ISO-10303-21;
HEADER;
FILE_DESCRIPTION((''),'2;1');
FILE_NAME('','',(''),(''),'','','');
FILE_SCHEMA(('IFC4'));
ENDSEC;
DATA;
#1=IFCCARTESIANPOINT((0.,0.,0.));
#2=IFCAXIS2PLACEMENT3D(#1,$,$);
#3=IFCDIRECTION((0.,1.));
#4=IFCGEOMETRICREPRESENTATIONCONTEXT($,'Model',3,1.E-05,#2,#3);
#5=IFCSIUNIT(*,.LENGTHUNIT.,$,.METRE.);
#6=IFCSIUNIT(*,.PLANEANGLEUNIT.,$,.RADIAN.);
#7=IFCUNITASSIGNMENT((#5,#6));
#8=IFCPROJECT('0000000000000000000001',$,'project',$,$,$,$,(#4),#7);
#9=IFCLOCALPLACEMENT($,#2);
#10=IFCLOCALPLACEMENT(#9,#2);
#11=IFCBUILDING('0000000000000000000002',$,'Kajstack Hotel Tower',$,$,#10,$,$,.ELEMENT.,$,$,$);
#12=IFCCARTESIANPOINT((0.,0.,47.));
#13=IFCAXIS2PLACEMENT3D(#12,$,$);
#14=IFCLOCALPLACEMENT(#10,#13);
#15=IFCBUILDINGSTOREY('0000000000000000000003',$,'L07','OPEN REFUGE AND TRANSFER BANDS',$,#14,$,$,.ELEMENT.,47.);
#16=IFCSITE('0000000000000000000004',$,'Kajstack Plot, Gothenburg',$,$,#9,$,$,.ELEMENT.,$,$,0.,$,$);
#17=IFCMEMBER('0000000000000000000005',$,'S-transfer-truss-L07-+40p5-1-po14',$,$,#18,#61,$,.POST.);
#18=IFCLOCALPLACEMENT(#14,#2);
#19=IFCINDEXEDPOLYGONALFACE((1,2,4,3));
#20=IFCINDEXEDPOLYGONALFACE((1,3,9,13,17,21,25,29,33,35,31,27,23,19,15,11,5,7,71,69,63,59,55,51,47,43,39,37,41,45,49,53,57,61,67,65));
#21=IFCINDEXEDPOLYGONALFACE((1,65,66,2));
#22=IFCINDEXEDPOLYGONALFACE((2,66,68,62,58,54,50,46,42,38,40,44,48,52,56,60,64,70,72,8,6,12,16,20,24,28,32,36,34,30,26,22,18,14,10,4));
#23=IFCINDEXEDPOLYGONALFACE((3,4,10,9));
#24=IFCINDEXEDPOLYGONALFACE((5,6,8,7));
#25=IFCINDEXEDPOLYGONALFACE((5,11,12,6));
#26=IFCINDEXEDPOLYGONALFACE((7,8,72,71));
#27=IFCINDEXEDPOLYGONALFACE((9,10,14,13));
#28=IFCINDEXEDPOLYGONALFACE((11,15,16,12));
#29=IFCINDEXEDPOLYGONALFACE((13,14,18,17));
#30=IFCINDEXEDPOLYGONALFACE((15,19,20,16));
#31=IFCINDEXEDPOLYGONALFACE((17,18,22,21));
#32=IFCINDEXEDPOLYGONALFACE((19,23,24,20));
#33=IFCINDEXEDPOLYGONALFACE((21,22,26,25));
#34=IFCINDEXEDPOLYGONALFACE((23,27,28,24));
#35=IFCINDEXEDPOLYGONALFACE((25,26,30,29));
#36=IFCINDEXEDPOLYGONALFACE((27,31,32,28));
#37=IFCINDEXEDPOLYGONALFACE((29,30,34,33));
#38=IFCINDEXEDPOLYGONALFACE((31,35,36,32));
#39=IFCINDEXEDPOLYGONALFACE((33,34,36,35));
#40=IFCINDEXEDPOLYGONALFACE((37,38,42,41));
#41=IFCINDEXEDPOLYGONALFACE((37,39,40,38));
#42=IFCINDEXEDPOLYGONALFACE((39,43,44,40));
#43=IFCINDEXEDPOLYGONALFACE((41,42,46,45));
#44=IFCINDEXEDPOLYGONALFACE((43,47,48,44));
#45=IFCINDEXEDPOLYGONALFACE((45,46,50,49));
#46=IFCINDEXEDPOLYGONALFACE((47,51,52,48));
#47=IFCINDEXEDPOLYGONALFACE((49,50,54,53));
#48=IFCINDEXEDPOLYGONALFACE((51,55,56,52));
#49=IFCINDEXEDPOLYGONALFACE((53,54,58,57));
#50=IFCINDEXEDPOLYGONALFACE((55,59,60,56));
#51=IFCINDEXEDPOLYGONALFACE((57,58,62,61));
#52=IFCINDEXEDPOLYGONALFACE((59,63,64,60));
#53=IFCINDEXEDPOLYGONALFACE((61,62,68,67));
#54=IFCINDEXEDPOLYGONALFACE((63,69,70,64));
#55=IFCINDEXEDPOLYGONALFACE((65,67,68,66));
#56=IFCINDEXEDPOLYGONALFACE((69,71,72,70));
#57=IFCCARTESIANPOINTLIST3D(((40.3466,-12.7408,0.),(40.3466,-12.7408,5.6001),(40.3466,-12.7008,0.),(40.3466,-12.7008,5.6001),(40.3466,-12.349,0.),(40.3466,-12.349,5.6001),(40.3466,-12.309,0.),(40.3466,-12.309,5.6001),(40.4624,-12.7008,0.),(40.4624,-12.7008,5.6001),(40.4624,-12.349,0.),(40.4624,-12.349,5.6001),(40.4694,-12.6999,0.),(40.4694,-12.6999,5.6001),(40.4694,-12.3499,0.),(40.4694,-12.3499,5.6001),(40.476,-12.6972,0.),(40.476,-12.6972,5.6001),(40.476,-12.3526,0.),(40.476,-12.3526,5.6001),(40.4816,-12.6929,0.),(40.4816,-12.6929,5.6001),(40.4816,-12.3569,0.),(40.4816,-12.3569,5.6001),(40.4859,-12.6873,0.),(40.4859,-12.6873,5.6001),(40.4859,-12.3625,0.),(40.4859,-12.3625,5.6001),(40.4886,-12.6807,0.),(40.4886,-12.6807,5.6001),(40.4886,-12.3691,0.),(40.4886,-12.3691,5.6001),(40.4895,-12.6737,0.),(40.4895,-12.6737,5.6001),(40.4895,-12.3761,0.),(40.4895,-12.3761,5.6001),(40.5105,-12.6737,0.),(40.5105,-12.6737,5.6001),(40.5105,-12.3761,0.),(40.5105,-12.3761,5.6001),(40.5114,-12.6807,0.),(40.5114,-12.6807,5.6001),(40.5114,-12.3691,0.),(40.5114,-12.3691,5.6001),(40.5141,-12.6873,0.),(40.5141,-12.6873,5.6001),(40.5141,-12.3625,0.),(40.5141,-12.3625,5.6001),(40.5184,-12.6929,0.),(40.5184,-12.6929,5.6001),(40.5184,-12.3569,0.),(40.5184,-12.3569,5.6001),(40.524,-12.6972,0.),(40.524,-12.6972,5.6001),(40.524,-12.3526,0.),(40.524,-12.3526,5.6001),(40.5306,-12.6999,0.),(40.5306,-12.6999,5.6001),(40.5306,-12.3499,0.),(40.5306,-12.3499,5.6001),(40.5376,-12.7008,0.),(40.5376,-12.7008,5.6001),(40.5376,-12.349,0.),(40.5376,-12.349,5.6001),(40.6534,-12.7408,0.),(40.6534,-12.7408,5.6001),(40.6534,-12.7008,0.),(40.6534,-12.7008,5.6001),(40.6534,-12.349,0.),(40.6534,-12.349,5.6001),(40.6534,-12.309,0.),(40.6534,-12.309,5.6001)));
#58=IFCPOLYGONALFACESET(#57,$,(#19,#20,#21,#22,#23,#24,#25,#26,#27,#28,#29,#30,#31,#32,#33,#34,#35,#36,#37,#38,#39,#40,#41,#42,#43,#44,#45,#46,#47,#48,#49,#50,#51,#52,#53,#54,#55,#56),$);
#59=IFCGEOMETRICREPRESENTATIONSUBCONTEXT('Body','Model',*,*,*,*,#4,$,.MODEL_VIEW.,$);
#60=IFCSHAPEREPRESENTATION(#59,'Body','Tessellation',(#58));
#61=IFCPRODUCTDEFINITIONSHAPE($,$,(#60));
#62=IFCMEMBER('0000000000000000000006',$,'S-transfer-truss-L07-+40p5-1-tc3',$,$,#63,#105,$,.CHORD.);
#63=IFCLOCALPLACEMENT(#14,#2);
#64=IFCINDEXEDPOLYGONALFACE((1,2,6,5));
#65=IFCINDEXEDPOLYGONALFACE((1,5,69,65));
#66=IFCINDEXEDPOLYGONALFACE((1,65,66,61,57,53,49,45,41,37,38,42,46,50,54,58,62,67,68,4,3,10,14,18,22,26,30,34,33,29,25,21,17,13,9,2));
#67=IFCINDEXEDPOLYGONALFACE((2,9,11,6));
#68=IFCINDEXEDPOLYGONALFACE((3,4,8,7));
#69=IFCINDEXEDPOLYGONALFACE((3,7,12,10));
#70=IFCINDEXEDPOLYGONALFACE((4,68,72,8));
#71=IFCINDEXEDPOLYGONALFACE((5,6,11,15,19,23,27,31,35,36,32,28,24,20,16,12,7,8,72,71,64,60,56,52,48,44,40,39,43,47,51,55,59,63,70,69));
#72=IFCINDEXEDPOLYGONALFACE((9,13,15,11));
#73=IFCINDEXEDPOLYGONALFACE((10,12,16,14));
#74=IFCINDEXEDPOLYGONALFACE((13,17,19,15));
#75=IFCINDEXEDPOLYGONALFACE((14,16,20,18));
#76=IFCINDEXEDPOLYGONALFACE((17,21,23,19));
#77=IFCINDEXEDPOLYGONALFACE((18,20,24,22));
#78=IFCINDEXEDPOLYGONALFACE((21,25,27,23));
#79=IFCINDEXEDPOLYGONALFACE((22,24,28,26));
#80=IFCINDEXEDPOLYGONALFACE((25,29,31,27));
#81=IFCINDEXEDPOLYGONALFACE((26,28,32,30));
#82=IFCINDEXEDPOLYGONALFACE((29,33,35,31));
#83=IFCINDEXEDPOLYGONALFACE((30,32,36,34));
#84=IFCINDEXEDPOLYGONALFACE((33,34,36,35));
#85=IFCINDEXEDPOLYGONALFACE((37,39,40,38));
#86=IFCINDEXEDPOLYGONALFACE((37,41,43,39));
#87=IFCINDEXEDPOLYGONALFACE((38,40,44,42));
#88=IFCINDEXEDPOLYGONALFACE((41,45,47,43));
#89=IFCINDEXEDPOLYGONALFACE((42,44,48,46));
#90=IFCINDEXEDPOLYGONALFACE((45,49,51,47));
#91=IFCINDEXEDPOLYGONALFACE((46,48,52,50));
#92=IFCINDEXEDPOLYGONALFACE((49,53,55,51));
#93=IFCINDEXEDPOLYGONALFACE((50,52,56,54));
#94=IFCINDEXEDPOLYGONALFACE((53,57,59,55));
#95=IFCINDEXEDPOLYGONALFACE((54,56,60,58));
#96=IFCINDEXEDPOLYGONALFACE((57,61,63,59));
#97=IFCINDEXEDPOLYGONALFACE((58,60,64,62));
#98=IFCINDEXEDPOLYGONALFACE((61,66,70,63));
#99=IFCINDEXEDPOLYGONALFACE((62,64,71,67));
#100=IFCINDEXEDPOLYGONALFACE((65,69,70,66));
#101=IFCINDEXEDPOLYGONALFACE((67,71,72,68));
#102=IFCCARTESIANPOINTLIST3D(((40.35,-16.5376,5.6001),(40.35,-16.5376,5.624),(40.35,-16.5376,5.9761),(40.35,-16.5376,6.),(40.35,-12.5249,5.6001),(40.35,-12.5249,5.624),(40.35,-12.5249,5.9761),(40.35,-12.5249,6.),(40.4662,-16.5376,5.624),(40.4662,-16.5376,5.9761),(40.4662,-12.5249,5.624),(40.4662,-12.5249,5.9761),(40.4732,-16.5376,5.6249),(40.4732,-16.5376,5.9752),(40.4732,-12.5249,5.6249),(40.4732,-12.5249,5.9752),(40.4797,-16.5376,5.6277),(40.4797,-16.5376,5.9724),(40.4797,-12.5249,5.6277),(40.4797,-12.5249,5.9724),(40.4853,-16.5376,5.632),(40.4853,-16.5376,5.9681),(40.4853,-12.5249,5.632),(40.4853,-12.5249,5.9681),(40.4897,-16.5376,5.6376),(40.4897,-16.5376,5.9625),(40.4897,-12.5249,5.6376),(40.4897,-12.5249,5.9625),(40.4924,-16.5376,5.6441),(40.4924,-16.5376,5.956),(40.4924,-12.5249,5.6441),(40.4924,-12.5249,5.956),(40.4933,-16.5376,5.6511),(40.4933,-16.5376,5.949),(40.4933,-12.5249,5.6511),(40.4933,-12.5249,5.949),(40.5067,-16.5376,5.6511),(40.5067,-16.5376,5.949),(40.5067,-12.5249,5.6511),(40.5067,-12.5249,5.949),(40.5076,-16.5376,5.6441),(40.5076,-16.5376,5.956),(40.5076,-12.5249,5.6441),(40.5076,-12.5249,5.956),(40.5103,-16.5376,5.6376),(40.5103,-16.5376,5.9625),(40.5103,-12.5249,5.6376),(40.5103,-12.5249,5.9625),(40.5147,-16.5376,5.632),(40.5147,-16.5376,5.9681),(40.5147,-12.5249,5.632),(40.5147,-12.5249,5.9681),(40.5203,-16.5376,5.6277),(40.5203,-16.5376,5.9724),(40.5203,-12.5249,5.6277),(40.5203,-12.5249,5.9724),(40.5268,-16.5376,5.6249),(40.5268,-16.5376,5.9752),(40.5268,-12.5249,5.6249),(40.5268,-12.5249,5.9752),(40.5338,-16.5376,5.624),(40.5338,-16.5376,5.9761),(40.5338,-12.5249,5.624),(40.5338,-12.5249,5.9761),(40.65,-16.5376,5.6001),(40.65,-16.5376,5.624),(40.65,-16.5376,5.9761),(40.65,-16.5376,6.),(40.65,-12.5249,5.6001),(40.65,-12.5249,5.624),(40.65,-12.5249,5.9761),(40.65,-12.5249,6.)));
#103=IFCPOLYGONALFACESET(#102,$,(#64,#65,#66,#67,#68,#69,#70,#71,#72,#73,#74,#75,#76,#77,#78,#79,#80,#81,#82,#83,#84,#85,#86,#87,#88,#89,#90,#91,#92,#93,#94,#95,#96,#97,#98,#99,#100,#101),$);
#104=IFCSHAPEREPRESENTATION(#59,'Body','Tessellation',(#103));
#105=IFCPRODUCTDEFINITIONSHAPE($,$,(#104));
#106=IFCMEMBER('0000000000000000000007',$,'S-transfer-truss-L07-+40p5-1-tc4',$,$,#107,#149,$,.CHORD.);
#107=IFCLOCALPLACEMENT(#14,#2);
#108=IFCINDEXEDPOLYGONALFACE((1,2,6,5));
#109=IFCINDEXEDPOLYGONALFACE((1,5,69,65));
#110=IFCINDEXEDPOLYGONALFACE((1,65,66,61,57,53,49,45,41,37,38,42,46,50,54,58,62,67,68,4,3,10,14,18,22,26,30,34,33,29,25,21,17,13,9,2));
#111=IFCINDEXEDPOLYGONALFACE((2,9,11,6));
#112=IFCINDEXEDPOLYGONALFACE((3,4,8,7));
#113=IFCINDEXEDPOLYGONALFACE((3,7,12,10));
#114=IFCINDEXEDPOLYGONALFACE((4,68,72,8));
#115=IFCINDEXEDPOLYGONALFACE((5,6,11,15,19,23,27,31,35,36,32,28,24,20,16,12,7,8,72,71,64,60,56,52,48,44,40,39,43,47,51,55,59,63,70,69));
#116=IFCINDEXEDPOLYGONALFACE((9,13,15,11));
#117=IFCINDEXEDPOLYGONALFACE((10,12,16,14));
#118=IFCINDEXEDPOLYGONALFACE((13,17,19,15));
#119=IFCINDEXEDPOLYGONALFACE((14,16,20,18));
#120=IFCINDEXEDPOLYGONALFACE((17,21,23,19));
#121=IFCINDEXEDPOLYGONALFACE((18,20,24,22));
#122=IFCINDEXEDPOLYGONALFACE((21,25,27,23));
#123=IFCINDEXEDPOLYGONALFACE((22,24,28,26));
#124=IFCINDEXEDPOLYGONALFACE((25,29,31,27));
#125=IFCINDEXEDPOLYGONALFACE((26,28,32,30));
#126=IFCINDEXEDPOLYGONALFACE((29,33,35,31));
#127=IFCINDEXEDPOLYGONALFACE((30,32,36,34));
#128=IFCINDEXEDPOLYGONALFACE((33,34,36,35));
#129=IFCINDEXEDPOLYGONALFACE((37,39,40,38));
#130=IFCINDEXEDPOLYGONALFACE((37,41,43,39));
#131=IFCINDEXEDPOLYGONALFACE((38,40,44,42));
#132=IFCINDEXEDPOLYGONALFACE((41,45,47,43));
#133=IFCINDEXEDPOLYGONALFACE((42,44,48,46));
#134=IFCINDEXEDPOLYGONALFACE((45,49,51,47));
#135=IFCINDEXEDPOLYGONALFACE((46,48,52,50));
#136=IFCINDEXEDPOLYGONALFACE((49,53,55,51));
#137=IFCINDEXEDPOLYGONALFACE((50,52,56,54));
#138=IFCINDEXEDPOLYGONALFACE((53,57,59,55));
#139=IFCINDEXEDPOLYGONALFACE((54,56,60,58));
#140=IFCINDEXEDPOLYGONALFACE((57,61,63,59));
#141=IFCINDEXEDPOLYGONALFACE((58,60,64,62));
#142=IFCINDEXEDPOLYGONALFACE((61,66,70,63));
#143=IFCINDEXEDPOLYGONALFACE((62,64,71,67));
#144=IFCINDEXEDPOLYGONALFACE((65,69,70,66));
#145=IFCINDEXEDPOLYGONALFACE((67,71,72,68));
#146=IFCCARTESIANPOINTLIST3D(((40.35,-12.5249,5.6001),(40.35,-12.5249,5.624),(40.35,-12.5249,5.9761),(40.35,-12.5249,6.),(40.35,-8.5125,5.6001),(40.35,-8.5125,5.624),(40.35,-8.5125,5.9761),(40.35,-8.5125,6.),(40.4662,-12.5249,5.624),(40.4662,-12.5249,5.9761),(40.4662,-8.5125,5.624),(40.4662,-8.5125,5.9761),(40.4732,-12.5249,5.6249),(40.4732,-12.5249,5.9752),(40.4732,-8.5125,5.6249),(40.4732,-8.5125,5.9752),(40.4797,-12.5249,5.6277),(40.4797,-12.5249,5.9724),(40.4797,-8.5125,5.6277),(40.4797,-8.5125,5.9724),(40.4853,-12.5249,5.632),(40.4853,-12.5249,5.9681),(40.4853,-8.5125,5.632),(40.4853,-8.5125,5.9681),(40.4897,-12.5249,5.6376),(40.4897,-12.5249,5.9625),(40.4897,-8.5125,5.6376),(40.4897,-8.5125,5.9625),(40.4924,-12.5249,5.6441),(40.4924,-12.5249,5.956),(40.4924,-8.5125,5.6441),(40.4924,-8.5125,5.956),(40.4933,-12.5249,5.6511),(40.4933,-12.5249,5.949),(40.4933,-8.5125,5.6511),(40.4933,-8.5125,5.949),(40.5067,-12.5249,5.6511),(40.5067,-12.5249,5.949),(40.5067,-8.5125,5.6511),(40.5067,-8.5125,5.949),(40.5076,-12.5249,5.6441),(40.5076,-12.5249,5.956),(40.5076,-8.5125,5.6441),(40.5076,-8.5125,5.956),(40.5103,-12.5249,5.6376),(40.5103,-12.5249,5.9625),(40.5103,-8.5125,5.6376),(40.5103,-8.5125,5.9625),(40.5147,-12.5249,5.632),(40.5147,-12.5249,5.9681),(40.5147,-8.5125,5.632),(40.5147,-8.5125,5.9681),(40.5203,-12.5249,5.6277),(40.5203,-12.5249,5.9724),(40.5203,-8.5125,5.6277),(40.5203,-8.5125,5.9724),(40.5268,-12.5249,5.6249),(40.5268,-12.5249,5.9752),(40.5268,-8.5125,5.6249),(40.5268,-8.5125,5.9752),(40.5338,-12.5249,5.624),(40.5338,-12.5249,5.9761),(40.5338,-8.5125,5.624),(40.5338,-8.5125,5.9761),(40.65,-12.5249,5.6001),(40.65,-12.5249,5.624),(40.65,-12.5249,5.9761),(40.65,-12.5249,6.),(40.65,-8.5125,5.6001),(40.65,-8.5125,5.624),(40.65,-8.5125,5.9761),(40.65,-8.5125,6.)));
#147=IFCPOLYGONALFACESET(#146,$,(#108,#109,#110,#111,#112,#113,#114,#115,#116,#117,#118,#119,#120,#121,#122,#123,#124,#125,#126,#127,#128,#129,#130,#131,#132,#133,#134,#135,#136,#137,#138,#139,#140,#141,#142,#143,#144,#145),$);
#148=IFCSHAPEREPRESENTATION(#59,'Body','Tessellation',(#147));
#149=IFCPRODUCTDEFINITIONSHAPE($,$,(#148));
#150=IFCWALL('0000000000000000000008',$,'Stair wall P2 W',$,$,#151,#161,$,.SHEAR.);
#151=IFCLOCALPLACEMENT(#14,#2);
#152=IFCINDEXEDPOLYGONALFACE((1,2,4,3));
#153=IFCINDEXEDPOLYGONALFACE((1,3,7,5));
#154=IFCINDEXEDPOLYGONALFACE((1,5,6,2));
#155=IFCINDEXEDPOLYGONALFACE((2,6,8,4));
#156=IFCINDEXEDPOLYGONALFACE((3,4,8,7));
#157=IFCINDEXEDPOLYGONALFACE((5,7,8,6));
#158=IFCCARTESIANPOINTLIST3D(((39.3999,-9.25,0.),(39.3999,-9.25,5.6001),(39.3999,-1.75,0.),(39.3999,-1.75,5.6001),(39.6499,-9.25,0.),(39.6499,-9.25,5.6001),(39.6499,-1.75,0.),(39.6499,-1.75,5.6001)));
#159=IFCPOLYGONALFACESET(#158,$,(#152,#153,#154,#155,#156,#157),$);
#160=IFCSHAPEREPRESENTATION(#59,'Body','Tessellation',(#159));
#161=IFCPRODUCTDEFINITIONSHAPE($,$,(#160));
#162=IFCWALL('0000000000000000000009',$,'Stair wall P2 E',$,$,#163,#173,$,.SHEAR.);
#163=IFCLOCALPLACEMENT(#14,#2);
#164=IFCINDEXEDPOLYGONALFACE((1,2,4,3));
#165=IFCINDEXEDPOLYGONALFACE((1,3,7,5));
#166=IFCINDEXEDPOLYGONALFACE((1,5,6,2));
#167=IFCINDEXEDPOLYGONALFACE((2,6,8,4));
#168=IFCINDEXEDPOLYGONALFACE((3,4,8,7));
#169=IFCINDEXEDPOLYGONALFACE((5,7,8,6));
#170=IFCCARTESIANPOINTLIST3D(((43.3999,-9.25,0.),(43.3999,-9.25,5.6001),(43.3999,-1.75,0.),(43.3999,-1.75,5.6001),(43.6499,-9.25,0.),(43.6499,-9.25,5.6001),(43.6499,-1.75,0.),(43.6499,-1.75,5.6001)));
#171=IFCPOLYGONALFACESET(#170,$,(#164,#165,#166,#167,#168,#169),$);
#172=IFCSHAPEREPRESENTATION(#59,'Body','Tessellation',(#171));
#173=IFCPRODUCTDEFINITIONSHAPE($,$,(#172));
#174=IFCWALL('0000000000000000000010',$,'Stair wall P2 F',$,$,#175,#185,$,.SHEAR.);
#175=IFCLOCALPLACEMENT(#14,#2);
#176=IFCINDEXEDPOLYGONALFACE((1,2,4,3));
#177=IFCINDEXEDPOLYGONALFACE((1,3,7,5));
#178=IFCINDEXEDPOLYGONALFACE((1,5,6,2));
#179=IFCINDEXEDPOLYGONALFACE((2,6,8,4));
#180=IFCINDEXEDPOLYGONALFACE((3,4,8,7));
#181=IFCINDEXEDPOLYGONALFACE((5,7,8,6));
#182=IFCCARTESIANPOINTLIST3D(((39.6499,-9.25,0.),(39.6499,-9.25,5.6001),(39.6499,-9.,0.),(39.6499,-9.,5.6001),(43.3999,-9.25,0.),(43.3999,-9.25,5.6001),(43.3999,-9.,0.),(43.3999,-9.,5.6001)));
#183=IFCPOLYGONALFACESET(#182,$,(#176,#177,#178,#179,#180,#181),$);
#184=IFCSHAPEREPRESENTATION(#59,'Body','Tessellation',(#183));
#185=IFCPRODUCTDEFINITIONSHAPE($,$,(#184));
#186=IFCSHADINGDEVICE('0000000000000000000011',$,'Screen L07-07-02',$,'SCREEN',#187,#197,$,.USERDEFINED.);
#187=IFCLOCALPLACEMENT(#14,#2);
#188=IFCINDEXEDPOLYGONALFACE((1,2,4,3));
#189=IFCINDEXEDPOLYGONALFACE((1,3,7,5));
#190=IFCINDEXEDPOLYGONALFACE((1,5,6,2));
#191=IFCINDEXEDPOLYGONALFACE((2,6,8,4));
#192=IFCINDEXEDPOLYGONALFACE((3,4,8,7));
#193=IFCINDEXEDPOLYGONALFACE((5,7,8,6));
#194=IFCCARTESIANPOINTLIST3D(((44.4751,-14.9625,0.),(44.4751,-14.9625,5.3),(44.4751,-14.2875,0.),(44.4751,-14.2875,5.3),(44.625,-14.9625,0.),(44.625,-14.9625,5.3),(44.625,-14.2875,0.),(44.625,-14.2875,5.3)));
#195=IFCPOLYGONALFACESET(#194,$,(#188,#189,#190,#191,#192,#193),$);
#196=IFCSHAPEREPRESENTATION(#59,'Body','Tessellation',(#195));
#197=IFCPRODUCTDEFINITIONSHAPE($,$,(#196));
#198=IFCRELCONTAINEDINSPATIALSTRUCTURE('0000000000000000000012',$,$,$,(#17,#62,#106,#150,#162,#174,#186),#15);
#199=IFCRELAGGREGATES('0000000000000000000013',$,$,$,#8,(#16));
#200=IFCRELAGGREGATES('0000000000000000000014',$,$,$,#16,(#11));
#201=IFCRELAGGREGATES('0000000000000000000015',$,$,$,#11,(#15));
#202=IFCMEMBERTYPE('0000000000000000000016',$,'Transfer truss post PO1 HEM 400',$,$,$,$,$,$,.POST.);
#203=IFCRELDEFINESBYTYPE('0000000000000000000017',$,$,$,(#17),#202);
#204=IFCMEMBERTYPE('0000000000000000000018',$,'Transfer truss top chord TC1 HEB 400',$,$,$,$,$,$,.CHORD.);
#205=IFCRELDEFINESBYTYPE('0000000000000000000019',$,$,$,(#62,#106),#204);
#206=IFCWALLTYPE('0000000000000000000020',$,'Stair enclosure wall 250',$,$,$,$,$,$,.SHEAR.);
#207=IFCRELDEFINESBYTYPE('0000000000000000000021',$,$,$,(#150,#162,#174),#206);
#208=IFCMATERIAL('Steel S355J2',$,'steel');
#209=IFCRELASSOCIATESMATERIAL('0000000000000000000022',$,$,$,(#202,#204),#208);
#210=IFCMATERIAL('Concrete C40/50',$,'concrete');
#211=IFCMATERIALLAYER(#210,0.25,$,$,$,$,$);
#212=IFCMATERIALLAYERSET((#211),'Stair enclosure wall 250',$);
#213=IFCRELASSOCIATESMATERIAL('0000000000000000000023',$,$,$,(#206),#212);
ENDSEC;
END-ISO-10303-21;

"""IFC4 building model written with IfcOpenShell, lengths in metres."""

from ifc_helpers import new_model, si_unit, direction, frame, frame_2d, origin, origin_2d, place, context, subcontext, project, spatial, rectangle, i_section, extrude, material, layer, layer_set, material_profile, profile_set, type_object, element, save


model = new_model("IFC4")

# Units and contexts
model_context = context("Model", 3, precision=1e-05, world=origin(), true_north=direction((0.0, 1.0)))
body_context = subcontext(model_context, "Body", "Model", "MODEL_VIEW")
ifc_project = project(units=[si_unit("LENGTHUNIT", "METRE"), si_unit("PLANEANGLEUNIT", "RADIAN")], contexts=[model_context])

# Site, building, storey
site_placement = place(None, origin())
site = spatial("IfcSite", under=ifc_project, at=site_placement, Name="Kajstack Plot, Gothenburg", CompositionType="ELEMENT", RefElevation=0.0)
building_placement = place(site_placement, origin())
building = spatial("IfcBuilding", under=site, at=building_placement, Name="Kajstack Hotel Tower", CompositionType="ELEMENT")
storey_placement = place(building_placement, frame((0.0, 0.0, 47.0)))
storey = spatial("IfcBuildingStorey", under=building, at=storey_placement, Name="L07", Description="OPEN REFUGE AND TRANSFER BANDS", CompositionType="ELEMENT", Elevation=47.0)

# Members
ifc_material_1 = material(Name="Steel S355J2", Category="steel")
ifc_material_profile_1 = material_profile(ifc_material_1, i_section(OverallWidth=0.3069, OverallDepth=0.4319, WebThickness=0.021, FlangeThickness=0.04, FilletRadius=0.0271, at=origin_2d()), Name="HEM 400")
ifc_profile_set_1 = profile_set([ifc_material_profile_1], Name="Steel S355J2")
member_type_1 = type_object("IfcMemberType", Name="Transfer truss post PO1 HEM 400", PredefinedType="POST", material=ifc_profile_set_1)
for number, where, z_axis, x_axis, name in (
    (1, (40.5, -12.5249, 0.0), (0.0, 0.0, 1.0), (1.0, 0.0, 0.0), "S-transfer-truss-L07-+40p5-1-po14"),
):
    element("IfcMember", number, at=place(storey_placement, frame(where, z_axis=z_axis, x_axis=x_axis)), inside=storey, type_object=member_type_1, Name=name, PredefinedType="POST", context=body_context, shape_type="SweptSolid", body=[
        extrude(i_section(OverallWidth=0.3069, OverallDepth=0.4319, WebThickness=0.021, FlangeThickness=0.04, FilletRadius=0.0271, at=origin_2d()), origin(), (0.0, 0.0, 1.0), 5.6001),
    ])
ifc_material_profile_2 = material_profile(ifc_material_1, i_section(OverallWidth=0.3, OverallDepth=0.3999, WebThickness=0.0134, FlangeThickness=0.0239, FilletRadius=0.0271, at=origin_2d()), Name="HEB 400")
ifc_profile_set_2 = profile_set([ifc_material_profile_2], Name="Steel S355J2")
member_type_2 = type_object("IfcMemberType", Name="Transfer truss top chord TC1 HEB 400", PredefinedType="CHORD", material=ifc_profile_set_2)
member_1_placement = place(storey_placement, frame((40.5, -16.5376, 5.8), z_axis=(0.0, 1.0, 0.0), x_axis=(-1.0, 0.0, 0.0)))
element("IfcMember", 2, at=member_1_placement, inside=storey, type_object=member_type_2, Name="S-transfer-truss-L07-+40p5-1-tc3", PredefinedType="CHORD", context=body_context, shape_type="SweptSolid", body=[
    extrude(i_section(OverallWidth=0.3, OverallDepth=0.3999, WebThickness=0.0134, FlangeThickness=0.0239, FilletRadius=0.0271, at=origin_2d()), origin(), (0.0, 0.0, 1.0), 4.0127),
])
member_2_placement = place(storey_placement, frame((40.5, -12.5249, 5.8), z_axis=(0.0, 1.0, 0.0), x_axis=(-1.0, 0.0, 0.0)))
element("IfcMember", 3, at=member_2_placement, inside=storey, type_object=member_type_2, Name="S-transfer-truss-L07-+40p5-1-tc4", PredefinedType="CHORD", context=body_context, shape_type="SweptSolid", body=[
    extrude(i_section(OverallWidth=0.3, OverallDepth=0.3999, WebThickness=0.0134, FlangeThickness=0.0239, FilletRadius=0.0271, at=origin_2d()), origin(), (0.0, 0.0, 1.0), 4.0125),
])

# Walls
ifc_material_2 = material(Name="Concrete C40/50", Category="concrete")
ifc_layer_1 = layer(ifc_material_2, 0.25)
ifc_layer_set_1 = layer_set([ifc_layer_1], Name="Stair enclosure wall 250")
wall_type = type_object("IfcWallType", Name="Stair enclosure wall 250", PredefinedType="SHEAR", material=ifc_layer_set_1)
for number, where, z_axis, x_axis, name in (
    (4, (39.5249, -9.25, 0.0), (0.0, 0.0, 1.0), (0.0, 1.0, 0.0), "Stair wall P2 W"),
    (5, (43.5249, -9.25, 0.0), (0.0, 0.0, 1.0), (0.0, 1.0, 0.0), "Stair wall P2 E"),
):
    element("IfcWall", number, at=place(storey_placement, frame(where, z_axis=z_axis, x_axis=x_axis)), inside=storey, type_object=wall_type, Name=name, PredefinedType="SHEAR", context=body_context, shape_type="SweptSolid", body=[
        extrude(rectangle(XDim=7.5, YDim=0.25, at=frame_2d((3.75, 0.0))), origin(), (0.0, 0.0, 1.0), 5.6001),
    ])
wall_placement = place(storey_placement, frame((39.6499, -9.125, 0.0), z_axis=(0.0, 0.0, 1.0), x_axis=(1.0, 0.0, 0.0)))
element("IfcWall", 6, at=wall_placement, inside=storey, type_object=wall_type, Name="Stair wall P2 F", PredefinedType="SHEAR", context=body_context, shape_type="SweptSolid", body=[
    extrude(rectangle(XDim=3.75, YDim=0.25, at=frame_2d((1.875, 0.0))), origin(), (0.0, 0.0, 1.0), 5.6001),
])

# Shading device
for number, where, z_axis, x_axis, name in (
    (7, (44.55, -14.625, 0.0), (0.0, 0.0, 1.0), (0.0, 1.0, 0.0), "Screen L07-07-02"),
):
    element("IfcShadingDevice", number, at=place(storey_placement, frame(where, z_axis=z_axis, x_axis=x_axis)), inside=storey, Name=name, ObjectType="SCREEN", PredefinedType="USERDEFINED", context=body_context, shape_type="SweptSolid", body=[
        extrude(rectangle(XDim=0.675, YDim=0.1499, at=origin_2d()), origin(), (0.0, 0.0, 1.0), 5.3),
    ])

save(model, "model.ifc")
